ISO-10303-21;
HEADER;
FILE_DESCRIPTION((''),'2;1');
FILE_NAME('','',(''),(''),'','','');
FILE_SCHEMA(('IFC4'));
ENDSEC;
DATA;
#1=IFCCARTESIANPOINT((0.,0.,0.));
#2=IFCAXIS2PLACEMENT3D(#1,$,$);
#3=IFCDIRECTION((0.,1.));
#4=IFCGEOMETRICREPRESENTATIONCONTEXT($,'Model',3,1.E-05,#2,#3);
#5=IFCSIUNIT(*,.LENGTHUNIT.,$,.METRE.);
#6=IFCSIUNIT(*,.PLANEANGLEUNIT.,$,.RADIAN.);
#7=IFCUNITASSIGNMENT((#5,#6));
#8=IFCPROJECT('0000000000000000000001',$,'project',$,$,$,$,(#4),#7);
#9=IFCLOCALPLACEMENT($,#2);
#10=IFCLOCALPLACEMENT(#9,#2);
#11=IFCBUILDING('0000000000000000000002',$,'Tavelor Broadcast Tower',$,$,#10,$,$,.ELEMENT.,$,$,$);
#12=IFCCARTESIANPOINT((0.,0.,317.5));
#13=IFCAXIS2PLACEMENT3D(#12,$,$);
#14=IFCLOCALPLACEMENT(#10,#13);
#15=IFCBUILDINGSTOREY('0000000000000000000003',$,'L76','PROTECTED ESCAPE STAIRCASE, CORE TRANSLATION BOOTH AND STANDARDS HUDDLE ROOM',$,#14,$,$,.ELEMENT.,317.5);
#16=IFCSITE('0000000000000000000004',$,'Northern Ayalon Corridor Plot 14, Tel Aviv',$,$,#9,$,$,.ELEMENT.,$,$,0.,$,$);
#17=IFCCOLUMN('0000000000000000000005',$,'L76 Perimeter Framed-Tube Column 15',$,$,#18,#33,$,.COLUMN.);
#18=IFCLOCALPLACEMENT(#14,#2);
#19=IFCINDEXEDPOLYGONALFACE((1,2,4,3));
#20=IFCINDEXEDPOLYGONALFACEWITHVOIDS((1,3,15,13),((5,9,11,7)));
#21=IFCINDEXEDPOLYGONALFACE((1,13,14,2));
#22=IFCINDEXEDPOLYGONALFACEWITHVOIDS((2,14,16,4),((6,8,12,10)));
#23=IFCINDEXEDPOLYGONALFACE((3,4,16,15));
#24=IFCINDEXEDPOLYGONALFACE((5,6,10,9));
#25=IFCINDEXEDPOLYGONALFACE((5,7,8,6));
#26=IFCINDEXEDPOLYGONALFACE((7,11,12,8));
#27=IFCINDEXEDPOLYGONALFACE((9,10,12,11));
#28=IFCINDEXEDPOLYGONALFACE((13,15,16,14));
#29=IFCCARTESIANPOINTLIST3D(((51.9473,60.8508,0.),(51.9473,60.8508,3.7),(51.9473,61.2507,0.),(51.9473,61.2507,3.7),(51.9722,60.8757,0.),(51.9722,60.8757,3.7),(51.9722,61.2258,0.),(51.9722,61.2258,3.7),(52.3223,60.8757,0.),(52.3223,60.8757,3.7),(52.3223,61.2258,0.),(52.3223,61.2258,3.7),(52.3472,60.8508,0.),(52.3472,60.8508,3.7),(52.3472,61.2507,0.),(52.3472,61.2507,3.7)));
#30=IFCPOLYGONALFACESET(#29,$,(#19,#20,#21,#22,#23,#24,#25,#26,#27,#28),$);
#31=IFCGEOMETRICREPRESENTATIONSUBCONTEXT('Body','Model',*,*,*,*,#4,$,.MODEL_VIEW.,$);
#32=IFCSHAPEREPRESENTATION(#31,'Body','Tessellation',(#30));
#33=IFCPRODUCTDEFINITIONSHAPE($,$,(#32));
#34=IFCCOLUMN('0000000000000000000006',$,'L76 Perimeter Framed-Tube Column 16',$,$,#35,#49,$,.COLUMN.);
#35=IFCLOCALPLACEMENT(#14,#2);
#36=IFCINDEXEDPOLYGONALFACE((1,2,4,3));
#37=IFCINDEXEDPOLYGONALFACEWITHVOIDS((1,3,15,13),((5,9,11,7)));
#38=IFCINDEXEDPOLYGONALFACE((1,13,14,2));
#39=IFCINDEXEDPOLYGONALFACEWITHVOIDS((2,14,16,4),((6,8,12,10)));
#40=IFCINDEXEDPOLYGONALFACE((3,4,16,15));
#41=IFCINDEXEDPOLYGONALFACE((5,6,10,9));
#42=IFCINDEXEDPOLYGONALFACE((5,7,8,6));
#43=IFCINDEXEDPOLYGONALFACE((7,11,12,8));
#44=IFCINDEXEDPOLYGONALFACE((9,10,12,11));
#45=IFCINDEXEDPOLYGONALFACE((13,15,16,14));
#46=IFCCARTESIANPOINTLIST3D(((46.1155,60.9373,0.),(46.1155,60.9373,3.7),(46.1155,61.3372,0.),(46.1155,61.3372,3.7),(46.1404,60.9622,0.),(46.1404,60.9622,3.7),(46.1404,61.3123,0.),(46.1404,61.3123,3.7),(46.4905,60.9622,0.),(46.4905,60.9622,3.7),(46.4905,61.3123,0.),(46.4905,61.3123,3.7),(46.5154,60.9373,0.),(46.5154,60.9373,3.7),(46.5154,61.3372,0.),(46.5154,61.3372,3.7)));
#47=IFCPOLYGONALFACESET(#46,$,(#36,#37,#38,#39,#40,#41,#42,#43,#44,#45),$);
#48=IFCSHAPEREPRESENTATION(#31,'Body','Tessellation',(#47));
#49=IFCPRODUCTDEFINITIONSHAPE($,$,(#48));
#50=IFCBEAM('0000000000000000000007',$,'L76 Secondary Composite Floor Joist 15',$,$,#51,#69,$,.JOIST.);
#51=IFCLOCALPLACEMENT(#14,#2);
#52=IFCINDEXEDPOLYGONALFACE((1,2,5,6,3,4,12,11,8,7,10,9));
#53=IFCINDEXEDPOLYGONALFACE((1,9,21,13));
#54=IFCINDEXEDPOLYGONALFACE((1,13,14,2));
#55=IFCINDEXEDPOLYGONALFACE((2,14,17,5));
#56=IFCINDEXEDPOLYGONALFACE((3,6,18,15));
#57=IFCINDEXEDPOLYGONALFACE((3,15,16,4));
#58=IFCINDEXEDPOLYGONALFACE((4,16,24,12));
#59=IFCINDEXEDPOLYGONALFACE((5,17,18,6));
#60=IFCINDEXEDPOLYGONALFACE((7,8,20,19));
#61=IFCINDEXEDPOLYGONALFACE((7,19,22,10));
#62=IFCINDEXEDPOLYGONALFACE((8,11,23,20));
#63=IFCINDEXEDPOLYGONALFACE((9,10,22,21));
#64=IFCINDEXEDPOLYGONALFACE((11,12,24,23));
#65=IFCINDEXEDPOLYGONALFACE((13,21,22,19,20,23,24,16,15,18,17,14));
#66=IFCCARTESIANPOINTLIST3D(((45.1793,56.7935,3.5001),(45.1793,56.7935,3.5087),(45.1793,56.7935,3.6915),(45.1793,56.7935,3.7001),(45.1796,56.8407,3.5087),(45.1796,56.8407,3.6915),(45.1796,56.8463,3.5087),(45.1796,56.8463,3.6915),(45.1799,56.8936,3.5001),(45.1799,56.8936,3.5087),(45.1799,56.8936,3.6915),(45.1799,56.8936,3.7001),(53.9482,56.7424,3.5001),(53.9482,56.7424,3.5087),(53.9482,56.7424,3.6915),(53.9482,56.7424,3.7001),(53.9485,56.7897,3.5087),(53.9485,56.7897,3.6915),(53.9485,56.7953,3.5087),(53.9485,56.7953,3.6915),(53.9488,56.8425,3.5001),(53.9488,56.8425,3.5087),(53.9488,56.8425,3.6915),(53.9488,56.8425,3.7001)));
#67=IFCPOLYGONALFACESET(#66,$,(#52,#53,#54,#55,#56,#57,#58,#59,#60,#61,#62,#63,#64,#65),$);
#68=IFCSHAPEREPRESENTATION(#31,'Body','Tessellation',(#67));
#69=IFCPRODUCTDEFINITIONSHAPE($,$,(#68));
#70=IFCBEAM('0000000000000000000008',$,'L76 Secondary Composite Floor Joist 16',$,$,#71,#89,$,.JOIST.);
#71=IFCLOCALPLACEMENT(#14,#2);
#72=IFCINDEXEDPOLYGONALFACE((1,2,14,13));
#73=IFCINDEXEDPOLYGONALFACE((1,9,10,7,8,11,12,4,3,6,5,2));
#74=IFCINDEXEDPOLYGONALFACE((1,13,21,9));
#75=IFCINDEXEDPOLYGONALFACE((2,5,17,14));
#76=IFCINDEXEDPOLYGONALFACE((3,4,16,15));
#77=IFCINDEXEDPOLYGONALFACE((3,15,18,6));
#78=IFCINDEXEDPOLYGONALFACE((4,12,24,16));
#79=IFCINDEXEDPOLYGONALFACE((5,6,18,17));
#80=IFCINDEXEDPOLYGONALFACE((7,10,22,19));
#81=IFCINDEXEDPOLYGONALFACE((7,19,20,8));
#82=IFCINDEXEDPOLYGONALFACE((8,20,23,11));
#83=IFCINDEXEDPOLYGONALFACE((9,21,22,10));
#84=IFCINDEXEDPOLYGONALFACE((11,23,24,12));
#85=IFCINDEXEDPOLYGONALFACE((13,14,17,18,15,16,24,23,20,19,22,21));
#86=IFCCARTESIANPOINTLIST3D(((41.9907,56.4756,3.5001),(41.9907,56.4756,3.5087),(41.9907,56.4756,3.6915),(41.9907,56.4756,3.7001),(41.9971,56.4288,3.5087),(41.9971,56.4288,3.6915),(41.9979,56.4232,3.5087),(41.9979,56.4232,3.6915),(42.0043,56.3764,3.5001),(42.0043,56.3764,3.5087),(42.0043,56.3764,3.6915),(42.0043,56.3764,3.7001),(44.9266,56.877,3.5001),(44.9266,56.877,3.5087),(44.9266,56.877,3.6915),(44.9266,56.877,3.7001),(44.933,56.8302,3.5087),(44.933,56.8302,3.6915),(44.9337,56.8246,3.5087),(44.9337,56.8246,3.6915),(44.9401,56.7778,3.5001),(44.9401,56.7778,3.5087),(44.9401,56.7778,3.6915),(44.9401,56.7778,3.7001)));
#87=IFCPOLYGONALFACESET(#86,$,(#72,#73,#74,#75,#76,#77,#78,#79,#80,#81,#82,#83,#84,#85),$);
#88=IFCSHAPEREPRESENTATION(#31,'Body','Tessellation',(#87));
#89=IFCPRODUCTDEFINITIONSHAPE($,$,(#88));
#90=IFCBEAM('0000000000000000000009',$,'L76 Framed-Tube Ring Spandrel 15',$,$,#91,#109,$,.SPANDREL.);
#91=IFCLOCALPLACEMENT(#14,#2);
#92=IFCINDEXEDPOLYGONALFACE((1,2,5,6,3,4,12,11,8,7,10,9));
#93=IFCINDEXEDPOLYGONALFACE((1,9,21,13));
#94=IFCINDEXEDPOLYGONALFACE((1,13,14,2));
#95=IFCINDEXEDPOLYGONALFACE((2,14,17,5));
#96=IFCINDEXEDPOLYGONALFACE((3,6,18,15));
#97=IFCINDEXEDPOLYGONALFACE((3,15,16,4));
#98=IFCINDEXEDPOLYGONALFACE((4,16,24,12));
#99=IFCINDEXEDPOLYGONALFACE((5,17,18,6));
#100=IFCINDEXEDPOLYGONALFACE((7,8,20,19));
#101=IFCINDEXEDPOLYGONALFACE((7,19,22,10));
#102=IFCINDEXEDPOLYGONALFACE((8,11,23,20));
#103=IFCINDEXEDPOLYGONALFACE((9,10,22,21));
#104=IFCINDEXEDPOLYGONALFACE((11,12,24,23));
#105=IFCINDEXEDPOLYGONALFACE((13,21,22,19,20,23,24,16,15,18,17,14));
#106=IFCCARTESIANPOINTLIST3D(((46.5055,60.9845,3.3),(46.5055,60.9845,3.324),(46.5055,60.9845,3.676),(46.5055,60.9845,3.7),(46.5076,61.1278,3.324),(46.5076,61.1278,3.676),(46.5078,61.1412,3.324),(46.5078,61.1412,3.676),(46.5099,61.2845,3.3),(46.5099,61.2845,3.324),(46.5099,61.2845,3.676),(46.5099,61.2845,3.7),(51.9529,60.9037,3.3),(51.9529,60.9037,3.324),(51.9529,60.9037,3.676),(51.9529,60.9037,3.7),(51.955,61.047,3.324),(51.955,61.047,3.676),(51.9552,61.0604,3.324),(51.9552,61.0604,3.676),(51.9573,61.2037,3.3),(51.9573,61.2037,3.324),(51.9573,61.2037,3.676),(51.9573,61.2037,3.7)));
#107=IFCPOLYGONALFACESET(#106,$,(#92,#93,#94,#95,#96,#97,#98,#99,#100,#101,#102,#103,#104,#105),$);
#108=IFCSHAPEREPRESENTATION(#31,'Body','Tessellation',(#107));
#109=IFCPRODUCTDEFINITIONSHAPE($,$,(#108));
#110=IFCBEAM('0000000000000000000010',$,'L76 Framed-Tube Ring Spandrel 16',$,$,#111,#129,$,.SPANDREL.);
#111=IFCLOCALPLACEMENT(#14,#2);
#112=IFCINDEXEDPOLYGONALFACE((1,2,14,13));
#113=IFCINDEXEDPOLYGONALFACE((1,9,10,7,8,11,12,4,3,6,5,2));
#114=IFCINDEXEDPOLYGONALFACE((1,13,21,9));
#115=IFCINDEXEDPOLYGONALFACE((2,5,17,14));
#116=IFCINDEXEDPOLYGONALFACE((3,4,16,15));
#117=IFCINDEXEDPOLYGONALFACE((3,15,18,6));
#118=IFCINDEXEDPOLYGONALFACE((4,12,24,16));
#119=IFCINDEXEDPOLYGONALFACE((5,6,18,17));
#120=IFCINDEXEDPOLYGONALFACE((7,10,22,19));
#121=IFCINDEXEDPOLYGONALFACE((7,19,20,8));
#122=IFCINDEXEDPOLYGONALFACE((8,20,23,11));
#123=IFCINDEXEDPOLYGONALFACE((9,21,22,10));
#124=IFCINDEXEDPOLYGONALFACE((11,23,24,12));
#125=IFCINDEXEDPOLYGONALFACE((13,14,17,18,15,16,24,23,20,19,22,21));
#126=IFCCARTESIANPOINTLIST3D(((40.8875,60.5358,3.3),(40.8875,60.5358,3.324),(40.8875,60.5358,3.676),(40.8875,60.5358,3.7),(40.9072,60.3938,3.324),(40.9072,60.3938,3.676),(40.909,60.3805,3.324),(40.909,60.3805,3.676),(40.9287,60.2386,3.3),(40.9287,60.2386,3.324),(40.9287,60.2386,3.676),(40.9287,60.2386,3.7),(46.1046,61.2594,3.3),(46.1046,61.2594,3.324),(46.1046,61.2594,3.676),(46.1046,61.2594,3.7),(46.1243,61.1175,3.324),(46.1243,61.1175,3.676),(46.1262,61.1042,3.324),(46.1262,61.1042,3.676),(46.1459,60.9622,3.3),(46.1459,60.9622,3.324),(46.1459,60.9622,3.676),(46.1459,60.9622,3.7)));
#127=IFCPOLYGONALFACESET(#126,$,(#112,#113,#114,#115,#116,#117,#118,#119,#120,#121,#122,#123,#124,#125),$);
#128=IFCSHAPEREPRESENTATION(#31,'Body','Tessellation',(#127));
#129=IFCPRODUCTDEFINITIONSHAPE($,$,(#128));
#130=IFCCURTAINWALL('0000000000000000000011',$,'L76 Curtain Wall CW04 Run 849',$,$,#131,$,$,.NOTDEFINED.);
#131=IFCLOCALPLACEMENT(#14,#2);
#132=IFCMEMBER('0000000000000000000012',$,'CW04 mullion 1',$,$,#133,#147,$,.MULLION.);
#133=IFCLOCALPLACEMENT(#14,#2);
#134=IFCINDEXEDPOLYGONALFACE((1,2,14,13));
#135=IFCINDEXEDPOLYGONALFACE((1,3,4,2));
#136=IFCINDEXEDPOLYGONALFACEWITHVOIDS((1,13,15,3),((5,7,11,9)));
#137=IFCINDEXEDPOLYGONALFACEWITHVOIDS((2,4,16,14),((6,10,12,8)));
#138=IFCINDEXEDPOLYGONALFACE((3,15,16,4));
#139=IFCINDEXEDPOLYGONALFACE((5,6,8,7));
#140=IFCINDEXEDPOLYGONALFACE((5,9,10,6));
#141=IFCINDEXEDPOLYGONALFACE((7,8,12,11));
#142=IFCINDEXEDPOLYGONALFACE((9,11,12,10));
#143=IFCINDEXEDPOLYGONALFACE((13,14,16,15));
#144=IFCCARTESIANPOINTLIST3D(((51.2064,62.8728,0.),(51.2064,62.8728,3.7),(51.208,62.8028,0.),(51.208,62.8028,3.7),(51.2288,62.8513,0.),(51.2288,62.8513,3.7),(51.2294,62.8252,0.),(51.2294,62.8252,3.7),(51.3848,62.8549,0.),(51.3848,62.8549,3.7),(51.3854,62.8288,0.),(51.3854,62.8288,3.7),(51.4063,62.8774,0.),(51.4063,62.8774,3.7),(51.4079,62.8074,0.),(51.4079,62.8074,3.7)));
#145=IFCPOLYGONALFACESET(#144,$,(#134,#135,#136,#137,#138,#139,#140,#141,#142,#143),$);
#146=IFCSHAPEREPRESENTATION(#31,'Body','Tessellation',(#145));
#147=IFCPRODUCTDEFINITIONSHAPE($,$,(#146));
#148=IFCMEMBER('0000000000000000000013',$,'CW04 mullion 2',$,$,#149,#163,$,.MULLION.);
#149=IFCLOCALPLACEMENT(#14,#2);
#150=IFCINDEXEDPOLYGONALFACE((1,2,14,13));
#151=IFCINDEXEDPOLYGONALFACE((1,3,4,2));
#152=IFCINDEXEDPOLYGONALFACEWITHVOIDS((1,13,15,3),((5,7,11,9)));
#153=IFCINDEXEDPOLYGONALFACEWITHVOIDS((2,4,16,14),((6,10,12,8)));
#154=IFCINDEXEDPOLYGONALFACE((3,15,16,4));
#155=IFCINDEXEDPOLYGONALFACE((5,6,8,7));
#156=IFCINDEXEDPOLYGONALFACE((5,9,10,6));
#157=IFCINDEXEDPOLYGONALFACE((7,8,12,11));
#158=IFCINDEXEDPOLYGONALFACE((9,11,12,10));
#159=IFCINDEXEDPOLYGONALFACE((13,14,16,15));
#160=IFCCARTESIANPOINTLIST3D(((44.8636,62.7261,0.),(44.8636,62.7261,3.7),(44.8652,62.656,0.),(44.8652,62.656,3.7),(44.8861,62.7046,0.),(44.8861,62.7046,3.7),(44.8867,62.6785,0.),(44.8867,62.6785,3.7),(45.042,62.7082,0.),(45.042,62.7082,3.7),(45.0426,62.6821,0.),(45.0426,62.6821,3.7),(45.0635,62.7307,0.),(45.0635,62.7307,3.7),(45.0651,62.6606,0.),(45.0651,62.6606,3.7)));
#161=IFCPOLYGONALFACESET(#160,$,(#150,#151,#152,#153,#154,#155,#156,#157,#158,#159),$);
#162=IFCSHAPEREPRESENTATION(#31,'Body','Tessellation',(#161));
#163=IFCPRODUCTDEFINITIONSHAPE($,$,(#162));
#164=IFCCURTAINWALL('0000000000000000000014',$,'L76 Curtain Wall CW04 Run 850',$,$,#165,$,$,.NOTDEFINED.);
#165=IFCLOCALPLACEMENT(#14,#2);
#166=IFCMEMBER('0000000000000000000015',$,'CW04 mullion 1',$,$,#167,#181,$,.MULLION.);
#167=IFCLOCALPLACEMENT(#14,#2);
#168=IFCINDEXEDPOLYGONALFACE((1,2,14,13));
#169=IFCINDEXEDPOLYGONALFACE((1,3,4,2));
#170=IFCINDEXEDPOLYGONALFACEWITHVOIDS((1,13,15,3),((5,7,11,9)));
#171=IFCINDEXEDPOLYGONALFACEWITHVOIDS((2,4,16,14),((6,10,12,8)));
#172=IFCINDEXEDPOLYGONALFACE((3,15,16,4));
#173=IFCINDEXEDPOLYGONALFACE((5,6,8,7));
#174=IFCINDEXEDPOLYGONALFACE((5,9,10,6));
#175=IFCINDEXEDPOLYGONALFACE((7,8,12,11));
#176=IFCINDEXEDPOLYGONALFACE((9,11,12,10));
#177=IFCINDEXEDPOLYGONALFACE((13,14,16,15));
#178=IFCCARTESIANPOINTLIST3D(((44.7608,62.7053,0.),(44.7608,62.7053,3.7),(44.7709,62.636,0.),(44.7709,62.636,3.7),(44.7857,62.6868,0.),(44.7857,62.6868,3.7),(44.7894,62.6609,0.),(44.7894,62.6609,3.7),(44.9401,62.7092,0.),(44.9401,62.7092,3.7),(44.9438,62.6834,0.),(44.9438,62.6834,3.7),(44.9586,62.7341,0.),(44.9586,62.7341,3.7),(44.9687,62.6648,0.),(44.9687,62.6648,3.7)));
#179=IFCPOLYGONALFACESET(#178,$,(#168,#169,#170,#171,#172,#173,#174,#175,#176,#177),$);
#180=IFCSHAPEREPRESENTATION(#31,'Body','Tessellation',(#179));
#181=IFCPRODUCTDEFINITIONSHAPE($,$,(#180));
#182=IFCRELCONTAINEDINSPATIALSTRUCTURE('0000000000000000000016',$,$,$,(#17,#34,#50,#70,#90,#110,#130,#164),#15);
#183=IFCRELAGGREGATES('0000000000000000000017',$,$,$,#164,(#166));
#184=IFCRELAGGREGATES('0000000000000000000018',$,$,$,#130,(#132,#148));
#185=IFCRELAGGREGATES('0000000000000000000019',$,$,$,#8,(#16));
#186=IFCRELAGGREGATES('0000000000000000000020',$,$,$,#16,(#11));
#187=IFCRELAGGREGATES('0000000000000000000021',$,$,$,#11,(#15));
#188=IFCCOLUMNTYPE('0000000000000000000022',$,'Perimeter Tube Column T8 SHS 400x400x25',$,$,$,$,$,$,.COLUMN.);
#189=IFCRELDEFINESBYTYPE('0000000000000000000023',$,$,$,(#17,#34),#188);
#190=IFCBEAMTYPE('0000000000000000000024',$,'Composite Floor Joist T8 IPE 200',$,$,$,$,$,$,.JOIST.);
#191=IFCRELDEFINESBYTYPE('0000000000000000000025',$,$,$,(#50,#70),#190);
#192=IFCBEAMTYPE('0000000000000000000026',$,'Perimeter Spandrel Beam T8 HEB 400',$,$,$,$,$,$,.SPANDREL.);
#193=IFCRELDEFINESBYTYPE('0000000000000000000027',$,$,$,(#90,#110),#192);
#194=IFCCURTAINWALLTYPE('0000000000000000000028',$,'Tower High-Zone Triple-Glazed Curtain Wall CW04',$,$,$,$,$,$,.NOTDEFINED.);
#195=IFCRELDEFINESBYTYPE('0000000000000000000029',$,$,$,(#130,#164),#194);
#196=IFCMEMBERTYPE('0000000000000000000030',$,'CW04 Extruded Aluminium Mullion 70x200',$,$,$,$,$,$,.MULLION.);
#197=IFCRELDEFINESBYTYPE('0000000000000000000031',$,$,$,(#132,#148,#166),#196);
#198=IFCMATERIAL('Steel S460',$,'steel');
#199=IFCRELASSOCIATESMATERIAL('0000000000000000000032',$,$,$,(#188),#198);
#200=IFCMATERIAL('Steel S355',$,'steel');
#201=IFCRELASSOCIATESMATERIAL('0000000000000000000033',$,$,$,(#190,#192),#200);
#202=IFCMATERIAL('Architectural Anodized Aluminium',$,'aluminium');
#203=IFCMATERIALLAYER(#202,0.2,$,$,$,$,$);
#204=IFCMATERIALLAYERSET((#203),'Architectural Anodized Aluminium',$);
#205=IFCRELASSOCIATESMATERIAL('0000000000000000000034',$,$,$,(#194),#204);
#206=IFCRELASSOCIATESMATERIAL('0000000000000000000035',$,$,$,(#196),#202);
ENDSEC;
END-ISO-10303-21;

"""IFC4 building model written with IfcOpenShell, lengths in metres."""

from ifc_helpers import new_model, si_unit, direction, frame, origin, origin_2d, place, context, subcontext, project, spatial, hollow_rectangle, i_section, extrude, source, transform, mapped, material, layer, layer_set, material_profile, profile_set, type_object, type_shapes, element, aggregate, save


model = new_model("IFC4")

# Units and contexts
model_context = context("Model", 3, precision=1e-05, world=origin(), true_north=direction((0.0, 1.0)))
body_context = subcontext(model_context, "Body", "Model", "MODEL_VIEW")
ifc_project = project(units=[si_unit("LENGTHUNIT", "METRE"), si_unit("PLANEANGLEUNIT", "RADIAN")], contexts=[model_context])

# Site, building, storey
site_placement = place(None, origin())
site = spatial("IfcSite", under=ifc_project, at=site_placement, Name="Northern Ayalon Corridor Plot 14, Tel Aviv", CompositionType="ELEMENT", RefElevation=0.0)
building_placement = place(site_placement, origin())
building = spatial("IfcBuilding", under=site, at=building_placement, Name="Tavelor Broadcast Tower", CompositionType="ELEMENT")
storey_placement = place(building_placement, frame((0.0, 0.0, 317.5)))
storey = spatial("IfcBuildingStorey", under=building, at=storey_placement, Name="L76", Description="PROTECTED ESCAPE STAIRCASE, CORE TRANSLATION BOOTH AND STANDARDS HUDDLE ROOM", CompositionType="ELEMENT", Elevation=317.5)

# Columns
ifc_material_1 = material(Name="Steel S460", Category="steel")
ifc_material_profile_1 = material_profile(ifc_material_1, hollow_rectangle(XDim=0.3999, YDim=0.3999, WallThickness=0.0249, at=origin_2d()), Name="SHS 400x400x25")
ifc_profile_set_1 = profile_set([ifc_material_profile_1], Name="Steel S460")
column_type = type_object("IfcColumnType", Name="Perimeter Tube Column T8 SHS 400x400x25", PredefinedType="COLUMN", material=ifc_profile_set_1)
for number, where, z_axis, x_axis, name in (
    (1, (52.1472, 61.0508, 0.0), (0.0, 0.0, 1.0), (1.0, 0.0, 0.0), "L76 Perimeter Framed-Tube Column 15"),
    (2, (46.3154, 61.1372, 0.0), (0.0, 0.0, 1.0), (1.0, 0.0, 0.0), "L76 Perimeter Framed-Tube Column 16"),
):
    element("IfcColumn", number, at=place(storey_placement, frame(where, z_axis=z_axis, x_axis=x_axis)), inside=storey, type_object=column_type, Name=name, PredefinedType="COLUMN", context=body_context, shape_type="SweptSolid", body=[
        extrude(hollow_rectangle(XDim=0.3999, YDim=0.3999, WallThickness=0.0249, at=origin_2d()), origin(), (0.0, 0.0, 1.0), 3.7),
    ])

# Beams
ifc_material_2 = material(Name="Steel S355", Category="steel")
ifc_material_profile_2 = material_profile(ifc_material_2, i_section(OverallWidth=0.1001, OverallDepth=0.2, WebThickness=0.0056, FlangeThickness=0.0085, at=origin_2d()), Name="IPE 200")
ifc_profile_set_2 = profile_set([ifc_material_profile_2], Name="Steel S355")
beam_type_1 = type_object("IfcBeamType", Name="Composite Floor Joist T8 IPE 200", PredefinedType="JOIST", material=ifc_profile_set_2)
beam_1_placement = place(storey_placement, frame((53.9485, 56.7925, 3.6001), z_axis=(-0.999983, 0.005819, 0.0), x_axis=(-0.005819, -0.999983, 0.0)))
element("IfcBeam", 3, at=beam_1_placement, inside=storey, type_object=beam_type_1, Name="L76 Secondary Composite Floor Joist 15", PredefinedType="JOIST", context=body_context, shape_type="SweptSolid", body=[
    extrude(i_section(OverallWidth=0.1001, OverallDepth=0.2, WebThickness=0.0056, FlangeThickness=0.0085, at=origin_2d()), origin(), (0.0, 0.0, 1.0), 8.769),
])
beam_2_placement = place(storey_placement, frame((44.9333, 56.8274, 3.6001), z_axis=(-0.990783, -0.135455, 0.0), x_axis=(0.135455, -0.990783, 0.0)))
element("IfcBeam", 4, at=beam_2_placement, inside=storey, type_object=beam_type_1, Name="L76 Secondary Composite Floor Joist 16", PredefinedType="JOIST", context=body_context, shape_type="SweptSolid", body=[
    extrude(i_section(OverallWidth=0.1001, OverallDepth=0.2, WebThickness=0.0056, FlangeThickness=0.0085, at=origin_2d()), origin(), (0.0, 0.0, 1.0), 2.9631),
])
ifc_material_profile_3 = material_profile(ifc_material_2, i_section(OverallWidth=0.3, OverallDepth=0.3999, WebThickness=0.0134, FlangeThickness=0.0239, at=origin_2d()), Name="HEB 400")
ifc_profile_set_3 = profile_set([ifc_material_profile_3], Name="Steel S355")
beam_type_2 = type_object("IfcBeamType", Name="Perimeter Spandrel Beam T8 HEB 400", PredefinedType="SPANDREL", material=ifc_profile_set_3)
beam_3_placement = place(storey_placement, frame((51.9551, 61.0537, 3.5), z_axis=(-0.99989, 0.014833, 0.0), x_axis=(-0.014833, -0.99989, 0.0)))
element("IfcBeam", 5, at=beam_3_placement, inside=storey, type_object=beam_type_2, Name="L76 Framed-Tube Ring Spandrel 15", PredefinedType="SPANDREL", context=body_context, shape_type="SweptSolid", body=[
    extrude(i_section(OverallWidth=0.3, OverallDepth=0.3999, WebThickness=0.0134, FlangeThickness=0.0239, at=origin_2d()), origin(), (0.0, 0.0, 1.0), 5.448),
])
beam_4_placement = place(storey_placement, frame((46.1252, 61.1108, 3.5), z_axis=(-0.990517, -0.13739, 0.0), x_axis=(0.13739, -0.990517, 0.0)))
element("IfcBeam", 6, at=beam_4_placement, inside=storey, type_object=beam_type_2, Name="L76 Framed-Tube Ring Spandrel 16", PredefinedType="SPANDREL", context=body_context, shape_type="SweptSolid", body=[
    extrude(i_section(OverallWidth=0.3, OverallDepth=0.3999, WebThickness=0.0134, FlangeThickness=0.0239, at=origin_2d()), origin(), (0.0, 0.0, 1.0), 5.2671),
])

# Curtain wall, members
ifc_material_3 = material(Name="Architectural Anodized Aluminium", Category="aluminium")
ifc_layer_1 = layer(ifc_material_3, 0.2)
ifc_layer_set_1 = layer_set([ifc_layer_1], Name="Architectural Anodized Aluminium")
curtain_wall_type = type_object("IfcCurtainWallType", Name="Tower High-Zone Triple-Glazed Curtain Wall CW04", PredefinedType="NOTDEFINED", material=ifc_layer_set_1)
curtain_wall_1_placement = place(storey_placement, origin())
curtain_wall_1 = element("IfcCurtainWall", 7, at=curtain_wall_1_placement, inside=storey, type_object=curtain_wall_type, Name="L76 Curtain Wall CW04 Run 849", PredefinedType="NOTDEFINED")
ifc_material_profile_4 = material_profile(ifc_material_3, hollow_rectangle(XDim=0.0701, YDim=0.2, WallThickness=0.022, at=origin_2d()), Name="RHS 70x200x22")
ifc_profile_set_4 = profile_set([ifc_material_profile_4], Name="Architectural Anodized Aluminium")
member_type_1 = type_object("IfcMemberType", Name="CW04 Extruded Aluminium Mullion 70x200", PredefinedType="MULLION", material=ifc_profile_set_4)
shared_shape_1 = source(origin(), body_context, "Body", "SweptSolid", [
    extrude(hollow_rectangle(XDim=0.0701, YDim=0.2, WallThickness=0.022, at=origin_2d()), origin(), (0.0, 0.0, 1.0), 3.7),
])
type_shapes(member_type_1, [shared_shape_1])
member_1_placement = place(storey_placement, frame((51.3071, 62.8401, 0.0), z_axis=(0.0, 0.0, 1.0), x_axis=(0.02312, -0.999733, 0.0)))
member_1 = element("IfcMember", 8, at=member_1_placement, type_object=member_type_1, Name="CW04 mullion 1", PredefinedType="MULLION", context=body_context, shape_type="MappedRepresentation", body=[
    mapped(shared_shape_1, transform((0.0, 0.0, 0.0), scale=1.0)),
])
member_2_placement = place(storey_placement, frame((44.9644, 62.6934, 0.0), z_axis=(0.0, 0.0, 1.0), x_axis=(0.02312, -0.999733, 0.0)))
member_2 = element("IfcMember", 9, at=member_2_placement, type_object=member_type_1, Name="CW04 mullion 2", PredefinedType="MULLION", context=body_context, shape_type="MappedRepresentation", body=[
    mapped(shared_shape_1, transform((0.0, 0.0, 0.0), scale=1.0)),
])

# Curtain wall, member
curtain_wall_2_placement = place(storey_placement, origin())
curtain_wall_2 = element("IfcCurtainWall", 10, at=curtain_wall_2_placement, inside=storey, type_object=curtain_wall_type, Name="L76 Curtain Wall CW04 Run 850", PredefinedType="NOTDEFINED")
member_3_placement = place(storey_placement, frame((44.8647, 62.6851, 0.0), z_axis=(0.0, 0.0, 1.0), x_axis=(0.143935, -0.989587, 0.0)))
member_3 = element("IfcMember", 11, at=member_3_placement, type_object=member_type_1, Name="CW04 mullion 1", PredefinedType="MULLION", context=body_context, shape_type="MappedRepresentation", body=[
    mapped(shared_shape_1, transform((0.0, 0.0, 0.0), scale=1.0)),
])

aggregate(curtain_wall_2, [member_3])

aggregate(curtain_wall_1, [member_1, member_2])

save(model, "model.ifc")
